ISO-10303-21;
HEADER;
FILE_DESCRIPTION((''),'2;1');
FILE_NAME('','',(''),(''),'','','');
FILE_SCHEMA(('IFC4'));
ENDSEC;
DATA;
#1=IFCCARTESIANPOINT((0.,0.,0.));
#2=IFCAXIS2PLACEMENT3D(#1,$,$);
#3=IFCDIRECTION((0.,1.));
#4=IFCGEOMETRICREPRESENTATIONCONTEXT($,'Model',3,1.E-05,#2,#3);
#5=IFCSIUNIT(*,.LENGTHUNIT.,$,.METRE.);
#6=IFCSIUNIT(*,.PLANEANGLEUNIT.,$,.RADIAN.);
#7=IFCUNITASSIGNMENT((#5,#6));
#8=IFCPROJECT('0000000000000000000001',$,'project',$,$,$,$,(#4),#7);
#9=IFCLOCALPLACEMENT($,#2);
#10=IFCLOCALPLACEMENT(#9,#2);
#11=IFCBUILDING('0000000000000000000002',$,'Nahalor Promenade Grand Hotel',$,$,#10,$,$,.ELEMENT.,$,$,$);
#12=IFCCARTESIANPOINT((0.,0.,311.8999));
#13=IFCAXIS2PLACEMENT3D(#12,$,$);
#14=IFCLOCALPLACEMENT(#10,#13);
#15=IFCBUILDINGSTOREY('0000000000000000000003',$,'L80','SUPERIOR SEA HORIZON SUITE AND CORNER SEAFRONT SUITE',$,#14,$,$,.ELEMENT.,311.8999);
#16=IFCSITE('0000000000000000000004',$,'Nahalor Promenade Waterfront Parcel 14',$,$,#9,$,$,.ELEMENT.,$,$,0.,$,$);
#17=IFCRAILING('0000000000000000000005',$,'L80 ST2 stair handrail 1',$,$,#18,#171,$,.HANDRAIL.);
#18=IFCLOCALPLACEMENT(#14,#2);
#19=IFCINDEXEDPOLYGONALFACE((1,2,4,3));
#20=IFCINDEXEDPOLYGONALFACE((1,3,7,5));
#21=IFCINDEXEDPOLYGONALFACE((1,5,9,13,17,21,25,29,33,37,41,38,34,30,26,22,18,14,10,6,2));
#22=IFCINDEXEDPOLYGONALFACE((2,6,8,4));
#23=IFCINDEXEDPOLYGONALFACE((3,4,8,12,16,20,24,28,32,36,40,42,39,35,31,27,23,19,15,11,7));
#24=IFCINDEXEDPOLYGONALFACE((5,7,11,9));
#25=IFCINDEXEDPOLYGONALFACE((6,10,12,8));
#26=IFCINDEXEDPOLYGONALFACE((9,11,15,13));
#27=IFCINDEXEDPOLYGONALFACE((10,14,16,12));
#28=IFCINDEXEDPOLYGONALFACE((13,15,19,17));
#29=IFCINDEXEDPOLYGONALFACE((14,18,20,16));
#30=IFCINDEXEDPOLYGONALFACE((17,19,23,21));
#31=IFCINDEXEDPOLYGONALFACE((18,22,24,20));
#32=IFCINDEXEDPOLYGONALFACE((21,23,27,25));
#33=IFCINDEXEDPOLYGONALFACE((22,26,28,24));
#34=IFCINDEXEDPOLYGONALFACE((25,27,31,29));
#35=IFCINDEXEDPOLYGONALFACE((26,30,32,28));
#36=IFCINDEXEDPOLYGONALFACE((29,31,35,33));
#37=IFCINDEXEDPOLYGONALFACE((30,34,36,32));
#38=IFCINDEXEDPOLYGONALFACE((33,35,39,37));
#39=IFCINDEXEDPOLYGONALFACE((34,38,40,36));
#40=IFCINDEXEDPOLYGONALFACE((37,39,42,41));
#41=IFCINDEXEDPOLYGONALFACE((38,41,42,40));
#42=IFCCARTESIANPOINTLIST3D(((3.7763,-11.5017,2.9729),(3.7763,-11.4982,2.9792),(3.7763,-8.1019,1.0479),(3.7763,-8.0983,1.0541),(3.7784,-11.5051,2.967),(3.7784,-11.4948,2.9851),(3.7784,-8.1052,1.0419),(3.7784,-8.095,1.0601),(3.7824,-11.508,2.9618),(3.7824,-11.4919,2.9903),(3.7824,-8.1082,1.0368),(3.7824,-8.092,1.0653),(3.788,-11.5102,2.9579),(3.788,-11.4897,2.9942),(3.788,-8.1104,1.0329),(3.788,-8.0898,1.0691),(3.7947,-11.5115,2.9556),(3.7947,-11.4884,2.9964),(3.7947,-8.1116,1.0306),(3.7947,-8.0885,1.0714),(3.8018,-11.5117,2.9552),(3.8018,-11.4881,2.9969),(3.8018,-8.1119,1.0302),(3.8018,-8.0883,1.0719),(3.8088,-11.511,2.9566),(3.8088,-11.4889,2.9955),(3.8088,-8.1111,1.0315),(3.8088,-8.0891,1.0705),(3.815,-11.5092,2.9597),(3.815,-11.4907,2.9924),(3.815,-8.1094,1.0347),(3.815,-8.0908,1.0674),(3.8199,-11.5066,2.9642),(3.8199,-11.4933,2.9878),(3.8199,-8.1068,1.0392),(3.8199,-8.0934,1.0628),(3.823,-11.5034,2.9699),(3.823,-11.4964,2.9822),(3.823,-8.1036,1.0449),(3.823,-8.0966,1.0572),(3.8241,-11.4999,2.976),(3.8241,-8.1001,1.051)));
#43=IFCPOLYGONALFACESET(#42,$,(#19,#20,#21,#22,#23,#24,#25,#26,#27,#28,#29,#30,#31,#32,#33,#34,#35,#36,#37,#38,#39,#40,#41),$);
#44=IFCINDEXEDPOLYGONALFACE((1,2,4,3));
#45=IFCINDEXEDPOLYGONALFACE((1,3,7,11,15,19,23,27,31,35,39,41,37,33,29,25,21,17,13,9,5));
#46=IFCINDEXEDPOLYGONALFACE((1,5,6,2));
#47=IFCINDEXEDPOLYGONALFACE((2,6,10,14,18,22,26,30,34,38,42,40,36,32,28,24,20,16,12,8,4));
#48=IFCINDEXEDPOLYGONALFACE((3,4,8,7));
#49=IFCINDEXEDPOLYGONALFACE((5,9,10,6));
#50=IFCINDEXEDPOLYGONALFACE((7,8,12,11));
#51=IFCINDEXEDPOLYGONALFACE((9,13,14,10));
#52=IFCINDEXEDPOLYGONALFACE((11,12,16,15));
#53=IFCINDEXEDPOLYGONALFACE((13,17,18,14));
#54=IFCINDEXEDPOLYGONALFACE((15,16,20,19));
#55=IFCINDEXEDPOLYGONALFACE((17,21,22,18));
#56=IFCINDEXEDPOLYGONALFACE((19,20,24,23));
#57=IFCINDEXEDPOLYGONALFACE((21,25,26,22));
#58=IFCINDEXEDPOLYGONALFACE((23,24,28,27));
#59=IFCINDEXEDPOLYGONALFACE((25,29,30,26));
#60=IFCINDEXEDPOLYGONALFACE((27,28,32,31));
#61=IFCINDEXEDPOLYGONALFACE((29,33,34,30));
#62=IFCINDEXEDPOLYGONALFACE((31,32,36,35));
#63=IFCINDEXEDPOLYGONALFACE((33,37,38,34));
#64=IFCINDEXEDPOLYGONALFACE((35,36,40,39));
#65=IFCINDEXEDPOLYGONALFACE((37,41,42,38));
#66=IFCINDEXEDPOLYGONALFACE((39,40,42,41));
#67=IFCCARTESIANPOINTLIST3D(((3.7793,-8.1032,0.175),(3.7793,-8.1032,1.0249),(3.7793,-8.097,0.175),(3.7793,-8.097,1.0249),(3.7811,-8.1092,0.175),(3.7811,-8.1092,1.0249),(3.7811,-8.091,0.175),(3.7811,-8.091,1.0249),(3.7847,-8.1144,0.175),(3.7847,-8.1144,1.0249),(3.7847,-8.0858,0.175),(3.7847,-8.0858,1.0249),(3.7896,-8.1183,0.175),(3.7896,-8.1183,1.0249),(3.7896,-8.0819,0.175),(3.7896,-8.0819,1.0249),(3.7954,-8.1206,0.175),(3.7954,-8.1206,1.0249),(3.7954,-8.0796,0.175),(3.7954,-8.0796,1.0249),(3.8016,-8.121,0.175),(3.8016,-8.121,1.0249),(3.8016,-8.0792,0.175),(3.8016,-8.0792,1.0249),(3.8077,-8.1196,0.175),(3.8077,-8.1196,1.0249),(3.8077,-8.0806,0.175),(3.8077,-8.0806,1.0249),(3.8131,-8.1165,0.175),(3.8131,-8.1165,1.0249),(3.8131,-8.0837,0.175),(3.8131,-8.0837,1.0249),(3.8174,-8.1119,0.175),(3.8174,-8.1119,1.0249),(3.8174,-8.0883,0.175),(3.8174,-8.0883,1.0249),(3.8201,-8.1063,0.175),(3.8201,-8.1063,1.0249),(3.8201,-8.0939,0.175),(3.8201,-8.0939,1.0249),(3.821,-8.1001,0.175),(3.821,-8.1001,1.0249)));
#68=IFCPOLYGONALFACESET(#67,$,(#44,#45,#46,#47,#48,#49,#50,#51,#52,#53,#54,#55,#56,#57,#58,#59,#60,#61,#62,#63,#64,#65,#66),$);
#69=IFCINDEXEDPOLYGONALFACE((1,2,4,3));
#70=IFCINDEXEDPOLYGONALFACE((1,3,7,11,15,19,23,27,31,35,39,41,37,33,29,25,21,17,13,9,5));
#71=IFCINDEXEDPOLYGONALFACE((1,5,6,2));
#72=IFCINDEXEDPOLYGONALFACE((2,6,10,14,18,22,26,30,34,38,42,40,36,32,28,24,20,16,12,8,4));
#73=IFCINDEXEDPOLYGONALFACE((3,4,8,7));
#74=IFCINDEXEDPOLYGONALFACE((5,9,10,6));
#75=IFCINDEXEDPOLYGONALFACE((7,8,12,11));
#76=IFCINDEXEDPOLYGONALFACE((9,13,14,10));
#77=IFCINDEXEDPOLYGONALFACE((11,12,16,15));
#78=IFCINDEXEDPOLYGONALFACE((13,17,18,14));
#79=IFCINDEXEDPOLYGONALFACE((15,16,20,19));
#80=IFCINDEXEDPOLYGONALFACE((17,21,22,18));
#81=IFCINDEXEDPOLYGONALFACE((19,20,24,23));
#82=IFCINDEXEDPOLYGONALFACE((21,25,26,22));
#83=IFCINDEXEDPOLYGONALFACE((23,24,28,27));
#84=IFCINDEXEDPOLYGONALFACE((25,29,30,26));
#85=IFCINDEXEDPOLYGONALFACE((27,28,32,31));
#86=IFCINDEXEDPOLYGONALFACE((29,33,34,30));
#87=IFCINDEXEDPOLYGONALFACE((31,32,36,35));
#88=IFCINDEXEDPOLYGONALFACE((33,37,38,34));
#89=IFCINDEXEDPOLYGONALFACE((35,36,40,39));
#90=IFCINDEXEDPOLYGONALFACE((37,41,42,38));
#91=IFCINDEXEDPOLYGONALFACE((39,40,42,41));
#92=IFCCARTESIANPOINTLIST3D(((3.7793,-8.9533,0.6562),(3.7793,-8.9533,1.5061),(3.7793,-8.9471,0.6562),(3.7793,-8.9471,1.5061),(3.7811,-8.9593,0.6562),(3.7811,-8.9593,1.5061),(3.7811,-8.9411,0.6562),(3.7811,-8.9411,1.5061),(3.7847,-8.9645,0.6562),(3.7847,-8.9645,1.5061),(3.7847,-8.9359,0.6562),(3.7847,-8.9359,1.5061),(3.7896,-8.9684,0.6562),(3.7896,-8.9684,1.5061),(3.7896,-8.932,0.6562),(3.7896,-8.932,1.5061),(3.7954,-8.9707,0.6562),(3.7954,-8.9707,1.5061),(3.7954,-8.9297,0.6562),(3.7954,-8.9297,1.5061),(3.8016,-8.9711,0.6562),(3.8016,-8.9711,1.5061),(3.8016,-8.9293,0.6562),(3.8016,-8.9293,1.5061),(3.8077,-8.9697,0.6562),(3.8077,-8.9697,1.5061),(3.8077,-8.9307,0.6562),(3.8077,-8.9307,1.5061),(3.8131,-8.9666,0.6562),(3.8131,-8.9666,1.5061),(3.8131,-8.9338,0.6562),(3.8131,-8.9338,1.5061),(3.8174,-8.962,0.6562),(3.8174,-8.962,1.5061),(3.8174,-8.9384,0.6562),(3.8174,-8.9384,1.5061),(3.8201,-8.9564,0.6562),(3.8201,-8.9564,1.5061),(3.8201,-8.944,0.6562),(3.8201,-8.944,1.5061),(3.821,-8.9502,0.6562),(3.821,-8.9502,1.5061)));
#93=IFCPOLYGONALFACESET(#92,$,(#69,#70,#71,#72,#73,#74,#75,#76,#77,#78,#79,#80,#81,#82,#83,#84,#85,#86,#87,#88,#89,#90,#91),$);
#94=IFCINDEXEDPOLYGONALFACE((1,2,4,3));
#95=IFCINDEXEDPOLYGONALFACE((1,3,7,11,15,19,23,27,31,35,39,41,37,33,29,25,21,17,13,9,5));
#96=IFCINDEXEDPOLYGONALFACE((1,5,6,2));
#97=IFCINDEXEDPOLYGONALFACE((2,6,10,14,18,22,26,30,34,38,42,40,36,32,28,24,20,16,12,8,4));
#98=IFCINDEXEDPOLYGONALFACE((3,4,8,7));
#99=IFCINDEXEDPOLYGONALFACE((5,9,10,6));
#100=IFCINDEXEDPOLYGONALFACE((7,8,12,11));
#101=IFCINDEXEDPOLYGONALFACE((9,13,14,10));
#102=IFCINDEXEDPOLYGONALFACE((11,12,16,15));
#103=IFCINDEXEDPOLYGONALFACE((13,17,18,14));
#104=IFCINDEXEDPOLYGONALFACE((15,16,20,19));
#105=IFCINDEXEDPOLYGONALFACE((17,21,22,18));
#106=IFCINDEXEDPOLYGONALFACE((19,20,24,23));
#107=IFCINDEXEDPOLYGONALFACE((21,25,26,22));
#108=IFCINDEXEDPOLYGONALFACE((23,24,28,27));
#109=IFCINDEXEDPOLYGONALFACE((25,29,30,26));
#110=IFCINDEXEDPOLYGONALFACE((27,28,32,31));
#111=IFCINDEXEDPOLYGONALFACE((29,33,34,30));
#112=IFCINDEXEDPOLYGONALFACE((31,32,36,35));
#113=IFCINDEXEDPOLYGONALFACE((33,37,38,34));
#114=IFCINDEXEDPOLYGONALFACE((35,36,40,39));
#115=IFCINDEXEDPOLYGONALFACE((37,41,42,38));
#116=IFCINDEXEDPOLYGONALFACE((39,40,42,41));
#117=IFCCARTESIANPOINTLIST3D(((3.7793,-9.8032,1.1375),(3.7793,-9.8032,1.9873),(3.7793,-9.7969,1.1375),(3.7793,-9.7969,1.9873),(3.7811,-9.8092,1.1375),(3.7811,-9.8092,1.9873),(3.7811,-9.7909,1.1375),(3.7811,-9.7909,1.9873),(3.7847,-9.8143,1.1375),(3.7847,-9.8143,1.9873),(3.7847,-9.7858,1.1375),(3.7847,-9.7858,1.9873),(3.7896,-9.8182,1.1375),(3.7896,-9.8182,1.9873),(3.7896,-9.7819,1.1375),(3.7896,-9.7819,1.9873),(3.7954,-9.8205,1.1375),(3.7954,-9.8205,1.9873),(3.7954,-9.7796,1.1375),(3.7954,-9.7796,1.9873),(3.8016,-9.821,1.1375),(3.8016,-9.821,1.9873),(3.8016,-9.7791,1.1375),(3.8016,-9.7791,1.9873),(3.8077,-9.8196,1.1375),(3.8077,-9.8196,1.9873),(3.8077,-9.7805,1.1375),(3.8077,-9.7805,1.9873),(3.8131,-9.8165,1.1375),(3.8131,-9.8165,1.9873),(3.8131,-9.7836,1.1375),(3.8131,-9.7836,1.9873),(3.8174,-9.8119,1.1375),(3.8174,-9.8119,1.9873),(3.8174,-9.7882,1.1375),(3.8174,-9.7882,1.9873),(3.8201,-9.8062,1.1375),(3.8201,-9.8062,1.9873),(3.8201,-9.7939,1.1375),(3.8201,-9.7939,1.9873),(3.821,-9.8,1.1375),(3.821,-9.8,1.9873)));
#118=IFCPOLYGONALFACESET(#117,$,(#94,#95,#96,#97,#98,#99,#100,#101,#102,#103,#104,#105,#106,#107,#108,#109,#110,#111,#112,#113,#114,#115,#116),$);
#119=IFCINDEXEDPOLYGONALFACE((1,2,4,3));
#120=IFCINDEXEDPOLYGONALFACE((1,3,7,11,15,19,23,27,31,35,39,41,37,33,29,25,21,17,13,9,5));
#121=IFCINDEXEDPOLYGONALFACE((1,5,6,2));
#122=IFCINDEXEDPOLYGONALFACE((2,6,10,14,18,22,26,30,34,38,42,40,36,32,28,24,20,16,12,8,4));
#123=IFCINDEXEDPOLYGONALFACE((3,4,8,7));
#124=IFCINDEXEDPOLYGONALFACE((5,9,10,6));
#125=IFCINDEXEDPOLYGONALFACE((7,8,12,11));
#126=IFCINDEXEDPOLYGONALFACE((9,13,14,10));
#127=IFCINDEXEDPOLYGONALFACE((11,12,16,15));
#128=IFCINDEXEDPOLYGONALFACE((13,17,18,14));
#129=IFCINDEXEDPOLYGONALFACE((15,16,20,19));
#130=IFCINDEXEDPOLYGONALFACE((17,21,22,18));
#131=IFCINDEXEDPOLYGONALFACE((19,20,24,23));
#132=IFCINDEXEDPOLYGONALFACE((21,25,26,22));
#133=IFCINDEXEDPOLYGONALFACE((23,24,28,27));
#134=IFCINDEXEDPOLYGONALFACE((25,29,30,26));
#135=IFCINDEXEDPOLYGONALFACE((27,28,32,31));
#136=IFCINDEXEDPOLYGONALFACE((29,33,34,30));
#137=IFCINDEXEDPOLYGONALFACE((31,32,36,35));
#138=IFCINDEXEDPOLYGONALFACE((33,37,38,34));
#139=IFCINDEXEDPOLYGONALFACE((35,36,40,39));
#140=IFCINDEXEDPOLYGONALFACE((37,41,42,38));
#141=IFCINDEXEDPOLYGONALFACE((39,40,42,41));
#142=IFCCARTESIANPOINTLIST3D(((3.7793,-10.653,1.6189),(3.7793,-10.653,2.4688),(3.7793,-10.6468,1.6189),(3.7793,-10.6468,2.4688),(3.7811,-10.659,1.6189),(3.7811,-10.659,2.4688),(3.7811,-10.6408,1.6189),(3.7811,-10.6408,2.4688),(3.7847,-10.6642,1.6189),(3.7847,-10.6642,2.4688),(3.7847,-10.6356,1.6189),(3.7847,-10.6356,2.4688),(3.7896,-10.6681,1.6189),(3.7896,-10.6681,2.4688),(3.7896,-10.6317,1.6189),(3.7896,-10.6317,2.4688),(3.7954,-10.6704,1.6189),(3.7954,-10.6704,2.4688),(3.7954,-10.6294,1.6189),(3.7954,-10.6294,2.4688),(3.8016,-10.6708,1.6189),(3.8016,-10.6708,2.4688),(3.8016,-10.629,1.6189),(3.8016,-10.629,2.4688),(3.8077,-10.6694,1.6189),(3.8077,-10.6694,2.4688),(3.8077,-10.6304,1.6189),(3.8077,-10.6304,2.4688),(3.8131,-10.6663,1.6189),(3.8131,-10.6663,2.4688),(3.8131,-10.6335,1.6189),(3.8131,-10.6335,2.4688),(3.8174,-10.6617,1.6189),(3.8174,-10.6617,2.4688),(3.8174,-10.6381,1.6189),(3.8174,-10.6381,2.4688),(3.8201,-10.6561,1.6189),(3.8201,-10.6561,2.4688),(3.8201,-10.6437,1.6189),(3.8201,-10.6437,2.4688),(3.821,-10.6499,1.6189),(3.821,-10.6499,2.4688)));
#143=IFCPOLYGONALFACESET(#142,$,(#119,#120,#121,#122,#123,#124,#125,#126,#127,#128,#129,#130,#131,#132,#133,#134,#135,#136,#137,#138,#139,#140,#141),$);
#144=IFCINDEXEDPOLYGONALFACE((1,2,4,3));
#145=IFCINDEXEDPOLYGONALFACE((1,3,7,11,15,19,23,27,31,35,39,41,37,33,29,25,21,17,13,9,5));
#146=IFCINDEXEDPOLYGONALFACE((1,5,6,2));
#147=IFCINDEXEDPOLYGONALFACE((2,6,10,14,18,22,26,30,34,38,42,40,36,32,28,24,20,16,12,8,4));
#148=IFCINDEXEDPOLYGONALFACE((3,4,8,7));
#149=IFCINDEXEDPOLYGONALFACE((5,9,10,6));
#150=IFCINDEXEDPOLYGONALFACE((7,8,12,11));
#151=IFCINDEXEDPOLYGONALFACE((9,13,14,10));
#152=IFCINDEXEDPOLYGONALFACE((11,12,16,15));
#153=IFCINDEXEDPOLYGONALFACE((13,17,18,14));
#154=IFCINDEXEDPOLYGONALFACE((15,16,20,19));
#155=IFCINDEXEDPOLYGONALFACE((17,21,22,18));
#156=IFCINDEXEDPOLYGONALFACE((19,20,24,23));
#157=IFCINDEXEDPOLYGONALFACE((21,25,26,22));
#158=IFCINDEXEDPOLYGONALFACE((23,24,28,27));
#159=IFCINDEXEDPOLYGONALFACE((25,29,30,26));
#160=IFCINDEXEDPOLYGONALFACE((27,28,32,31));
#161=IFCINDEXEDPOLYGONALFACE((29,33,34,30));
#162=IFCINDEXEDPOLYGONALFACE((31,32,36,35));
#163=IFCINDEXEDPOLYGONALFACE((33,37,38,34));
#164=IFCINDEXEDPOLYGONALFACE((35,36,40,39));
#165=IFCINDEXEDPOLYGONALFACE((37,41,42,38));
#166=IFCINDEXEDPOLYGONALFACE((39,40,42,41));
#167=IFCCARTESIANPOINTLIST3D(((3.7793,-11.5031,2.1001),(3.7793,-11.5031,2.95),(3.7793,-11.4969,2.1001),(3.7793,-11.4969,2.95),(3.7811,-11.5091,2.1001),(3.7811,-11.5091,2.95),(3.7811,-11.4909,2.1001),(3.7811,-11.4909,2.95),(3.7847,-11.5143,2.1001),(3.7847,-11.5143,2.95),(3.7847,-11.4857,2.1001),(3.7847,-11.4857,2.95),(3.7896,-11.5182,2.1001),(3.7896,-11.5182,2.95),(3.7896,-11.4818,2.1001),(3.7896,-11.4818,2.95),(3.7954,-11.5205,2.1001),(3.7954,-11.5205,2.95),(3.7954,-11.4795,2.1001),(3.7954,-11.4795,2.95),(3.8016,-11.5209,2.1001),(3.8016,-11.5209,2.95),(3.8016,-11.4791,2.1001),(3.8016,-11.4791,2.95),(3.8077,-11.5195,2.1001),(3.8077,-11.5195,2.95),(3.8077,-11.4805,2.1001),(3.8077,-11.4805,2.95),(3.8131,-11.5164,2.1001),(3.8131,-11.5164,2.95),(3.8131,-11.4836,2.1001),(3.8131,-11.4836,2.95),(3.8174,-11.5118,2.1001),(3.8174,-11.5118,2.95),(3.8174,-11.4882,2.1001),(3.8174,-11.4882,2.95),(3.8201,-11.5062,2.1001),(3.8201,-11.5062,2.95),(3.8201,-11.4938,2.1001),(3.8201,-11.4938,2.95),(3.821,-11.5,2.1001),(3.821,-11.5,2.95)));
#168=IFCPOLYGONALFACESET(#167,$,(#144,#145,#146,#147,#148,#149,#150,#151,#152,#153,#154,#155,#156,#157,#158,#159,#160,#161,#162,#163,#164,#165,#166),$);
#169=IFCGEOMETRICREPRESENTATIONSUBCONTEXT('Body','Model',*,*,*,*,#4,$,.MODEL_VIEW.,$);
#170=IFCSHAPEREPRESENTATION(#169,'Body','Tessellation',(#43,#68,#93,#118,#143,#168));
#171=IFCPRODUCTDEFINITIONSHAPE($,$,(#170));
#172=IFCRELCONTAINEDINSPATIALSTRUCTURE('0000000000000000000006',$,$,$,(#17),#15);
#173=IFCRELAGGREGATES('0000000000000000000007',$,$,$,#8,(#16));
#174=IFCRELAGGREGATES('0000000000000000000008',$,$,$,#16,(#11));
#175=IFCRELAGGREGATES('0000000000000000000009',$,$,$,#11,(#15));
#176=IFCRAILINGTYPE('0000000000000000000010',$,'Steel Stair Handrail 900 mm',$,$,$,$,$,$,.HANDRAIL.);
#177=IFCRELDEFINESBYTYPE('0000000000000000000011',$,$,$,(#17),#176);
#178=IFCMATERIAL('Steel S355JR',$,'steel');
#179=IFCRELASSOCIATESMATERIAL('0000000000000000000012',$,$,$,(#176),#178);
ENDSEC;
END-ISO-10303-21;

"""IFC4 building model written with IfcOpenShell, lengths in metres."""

from ifc_helpers import new_model, si_unit, direction, frame, origin, origin_2d, place, context, subcontext, project, spatial, circle, extrude, material, type_object, element, save


model = new_model("IFC4")

# Units and contexts
model_context = context("Model", 3, precision=1e-05, world=origin(), true_north=direction((0.0, 1.0)))
body_context = subcontext(model_context, "Body", "Model", "MODEL_VIEW")
ifc_project = project(units=[si_unit("LENGTHUNIT", "METRE"), si_unit("PLANEANGLEUNIT", "RADIAN")], contexts=[model_context])

# Site, building, storey
site_placement = place(None, origin())
site = spatial("IfcSite", under=ifc_project, at=site_placement, Name="Nahalor Promenade Waterfront Parcel 14", CompositionType="ELEMENT", RefElevation=0.0)
building_placement = place(site_placement, origin())
building = spatial("IfcBuilding", under=site, at=building_placement, Name="Nahalor Promenade Grand Hotel", CompositionType="ELEMENT")
storey_placement = place(building_placement, frame((0.0, 0.0, 311.8999)))
storey = spatial("IfcBuildingStorey", under=building, at=storey_placement, Name="L80", Description="SUPERIOR SEA HORIZON SUITE AND CORNER SEAFRONT SUITE", CompositionType="ELEMENT", Elevation=311.8999)

# Shared definitions
ifc_material_1 = material(Name="Steel S355JR", Category="steel")

# Railing
railing_type_1 = type_object("IfcRailingType", Name="Steel Stair Handrail 900 mm", PredefinedType="HANDRAIL", material=ifc_material_1)
railing_1_placement = place(storey_placement, frame((3.8, -8.1001, 0.175)))
element("IfcRailing", 1, at=railing_1_placement, inside=storey, type_object=railing_type_1, Name="L80 ST2 stair handrail 1", PredefinedType="HANDRAIL", context=body_context, shape_type="SweptSolid", body=[
    extrude(circle(Radius=0.024, at=origin_2d()), frame((0.0, 0.0, 0.876), z_axis=(0.0, -0.870194, 0.49271), x_axis=(1.0, 0.0, 0.0)), (0.0, 0.0, 1.0), 3.907),
    extrude(circle(Radius=0.021, at=origin_2d()), origin(), (0.0, 0.0, 1.0), 0.8499),
    extrude(circle(Radius=0.021, at=origin_2d()), frame((0.0, -0.8501, 0.4812)), (0.0, 0.0, 1.0), 0.8499),
    extrude(circle(Radius=0.021, at=origin_2d()), frame((0.0, -1.7, 0.9624)), (0.0, 0.0, 1.0), 0.8499),
    extrude(circle(Radius=0.021, at=origin_2d()), frame((0.0, -2.5498, 1.4438)), (0.0, 0.0, 1.0), 0.8499),
    extrude(circle(Radius=0.021, at=origin_2d()), frame((0.0, -3.3999, 1.925)), (0.0, 0.0, 1.0), 0.8499),
])

save(model, "model.ifc")
